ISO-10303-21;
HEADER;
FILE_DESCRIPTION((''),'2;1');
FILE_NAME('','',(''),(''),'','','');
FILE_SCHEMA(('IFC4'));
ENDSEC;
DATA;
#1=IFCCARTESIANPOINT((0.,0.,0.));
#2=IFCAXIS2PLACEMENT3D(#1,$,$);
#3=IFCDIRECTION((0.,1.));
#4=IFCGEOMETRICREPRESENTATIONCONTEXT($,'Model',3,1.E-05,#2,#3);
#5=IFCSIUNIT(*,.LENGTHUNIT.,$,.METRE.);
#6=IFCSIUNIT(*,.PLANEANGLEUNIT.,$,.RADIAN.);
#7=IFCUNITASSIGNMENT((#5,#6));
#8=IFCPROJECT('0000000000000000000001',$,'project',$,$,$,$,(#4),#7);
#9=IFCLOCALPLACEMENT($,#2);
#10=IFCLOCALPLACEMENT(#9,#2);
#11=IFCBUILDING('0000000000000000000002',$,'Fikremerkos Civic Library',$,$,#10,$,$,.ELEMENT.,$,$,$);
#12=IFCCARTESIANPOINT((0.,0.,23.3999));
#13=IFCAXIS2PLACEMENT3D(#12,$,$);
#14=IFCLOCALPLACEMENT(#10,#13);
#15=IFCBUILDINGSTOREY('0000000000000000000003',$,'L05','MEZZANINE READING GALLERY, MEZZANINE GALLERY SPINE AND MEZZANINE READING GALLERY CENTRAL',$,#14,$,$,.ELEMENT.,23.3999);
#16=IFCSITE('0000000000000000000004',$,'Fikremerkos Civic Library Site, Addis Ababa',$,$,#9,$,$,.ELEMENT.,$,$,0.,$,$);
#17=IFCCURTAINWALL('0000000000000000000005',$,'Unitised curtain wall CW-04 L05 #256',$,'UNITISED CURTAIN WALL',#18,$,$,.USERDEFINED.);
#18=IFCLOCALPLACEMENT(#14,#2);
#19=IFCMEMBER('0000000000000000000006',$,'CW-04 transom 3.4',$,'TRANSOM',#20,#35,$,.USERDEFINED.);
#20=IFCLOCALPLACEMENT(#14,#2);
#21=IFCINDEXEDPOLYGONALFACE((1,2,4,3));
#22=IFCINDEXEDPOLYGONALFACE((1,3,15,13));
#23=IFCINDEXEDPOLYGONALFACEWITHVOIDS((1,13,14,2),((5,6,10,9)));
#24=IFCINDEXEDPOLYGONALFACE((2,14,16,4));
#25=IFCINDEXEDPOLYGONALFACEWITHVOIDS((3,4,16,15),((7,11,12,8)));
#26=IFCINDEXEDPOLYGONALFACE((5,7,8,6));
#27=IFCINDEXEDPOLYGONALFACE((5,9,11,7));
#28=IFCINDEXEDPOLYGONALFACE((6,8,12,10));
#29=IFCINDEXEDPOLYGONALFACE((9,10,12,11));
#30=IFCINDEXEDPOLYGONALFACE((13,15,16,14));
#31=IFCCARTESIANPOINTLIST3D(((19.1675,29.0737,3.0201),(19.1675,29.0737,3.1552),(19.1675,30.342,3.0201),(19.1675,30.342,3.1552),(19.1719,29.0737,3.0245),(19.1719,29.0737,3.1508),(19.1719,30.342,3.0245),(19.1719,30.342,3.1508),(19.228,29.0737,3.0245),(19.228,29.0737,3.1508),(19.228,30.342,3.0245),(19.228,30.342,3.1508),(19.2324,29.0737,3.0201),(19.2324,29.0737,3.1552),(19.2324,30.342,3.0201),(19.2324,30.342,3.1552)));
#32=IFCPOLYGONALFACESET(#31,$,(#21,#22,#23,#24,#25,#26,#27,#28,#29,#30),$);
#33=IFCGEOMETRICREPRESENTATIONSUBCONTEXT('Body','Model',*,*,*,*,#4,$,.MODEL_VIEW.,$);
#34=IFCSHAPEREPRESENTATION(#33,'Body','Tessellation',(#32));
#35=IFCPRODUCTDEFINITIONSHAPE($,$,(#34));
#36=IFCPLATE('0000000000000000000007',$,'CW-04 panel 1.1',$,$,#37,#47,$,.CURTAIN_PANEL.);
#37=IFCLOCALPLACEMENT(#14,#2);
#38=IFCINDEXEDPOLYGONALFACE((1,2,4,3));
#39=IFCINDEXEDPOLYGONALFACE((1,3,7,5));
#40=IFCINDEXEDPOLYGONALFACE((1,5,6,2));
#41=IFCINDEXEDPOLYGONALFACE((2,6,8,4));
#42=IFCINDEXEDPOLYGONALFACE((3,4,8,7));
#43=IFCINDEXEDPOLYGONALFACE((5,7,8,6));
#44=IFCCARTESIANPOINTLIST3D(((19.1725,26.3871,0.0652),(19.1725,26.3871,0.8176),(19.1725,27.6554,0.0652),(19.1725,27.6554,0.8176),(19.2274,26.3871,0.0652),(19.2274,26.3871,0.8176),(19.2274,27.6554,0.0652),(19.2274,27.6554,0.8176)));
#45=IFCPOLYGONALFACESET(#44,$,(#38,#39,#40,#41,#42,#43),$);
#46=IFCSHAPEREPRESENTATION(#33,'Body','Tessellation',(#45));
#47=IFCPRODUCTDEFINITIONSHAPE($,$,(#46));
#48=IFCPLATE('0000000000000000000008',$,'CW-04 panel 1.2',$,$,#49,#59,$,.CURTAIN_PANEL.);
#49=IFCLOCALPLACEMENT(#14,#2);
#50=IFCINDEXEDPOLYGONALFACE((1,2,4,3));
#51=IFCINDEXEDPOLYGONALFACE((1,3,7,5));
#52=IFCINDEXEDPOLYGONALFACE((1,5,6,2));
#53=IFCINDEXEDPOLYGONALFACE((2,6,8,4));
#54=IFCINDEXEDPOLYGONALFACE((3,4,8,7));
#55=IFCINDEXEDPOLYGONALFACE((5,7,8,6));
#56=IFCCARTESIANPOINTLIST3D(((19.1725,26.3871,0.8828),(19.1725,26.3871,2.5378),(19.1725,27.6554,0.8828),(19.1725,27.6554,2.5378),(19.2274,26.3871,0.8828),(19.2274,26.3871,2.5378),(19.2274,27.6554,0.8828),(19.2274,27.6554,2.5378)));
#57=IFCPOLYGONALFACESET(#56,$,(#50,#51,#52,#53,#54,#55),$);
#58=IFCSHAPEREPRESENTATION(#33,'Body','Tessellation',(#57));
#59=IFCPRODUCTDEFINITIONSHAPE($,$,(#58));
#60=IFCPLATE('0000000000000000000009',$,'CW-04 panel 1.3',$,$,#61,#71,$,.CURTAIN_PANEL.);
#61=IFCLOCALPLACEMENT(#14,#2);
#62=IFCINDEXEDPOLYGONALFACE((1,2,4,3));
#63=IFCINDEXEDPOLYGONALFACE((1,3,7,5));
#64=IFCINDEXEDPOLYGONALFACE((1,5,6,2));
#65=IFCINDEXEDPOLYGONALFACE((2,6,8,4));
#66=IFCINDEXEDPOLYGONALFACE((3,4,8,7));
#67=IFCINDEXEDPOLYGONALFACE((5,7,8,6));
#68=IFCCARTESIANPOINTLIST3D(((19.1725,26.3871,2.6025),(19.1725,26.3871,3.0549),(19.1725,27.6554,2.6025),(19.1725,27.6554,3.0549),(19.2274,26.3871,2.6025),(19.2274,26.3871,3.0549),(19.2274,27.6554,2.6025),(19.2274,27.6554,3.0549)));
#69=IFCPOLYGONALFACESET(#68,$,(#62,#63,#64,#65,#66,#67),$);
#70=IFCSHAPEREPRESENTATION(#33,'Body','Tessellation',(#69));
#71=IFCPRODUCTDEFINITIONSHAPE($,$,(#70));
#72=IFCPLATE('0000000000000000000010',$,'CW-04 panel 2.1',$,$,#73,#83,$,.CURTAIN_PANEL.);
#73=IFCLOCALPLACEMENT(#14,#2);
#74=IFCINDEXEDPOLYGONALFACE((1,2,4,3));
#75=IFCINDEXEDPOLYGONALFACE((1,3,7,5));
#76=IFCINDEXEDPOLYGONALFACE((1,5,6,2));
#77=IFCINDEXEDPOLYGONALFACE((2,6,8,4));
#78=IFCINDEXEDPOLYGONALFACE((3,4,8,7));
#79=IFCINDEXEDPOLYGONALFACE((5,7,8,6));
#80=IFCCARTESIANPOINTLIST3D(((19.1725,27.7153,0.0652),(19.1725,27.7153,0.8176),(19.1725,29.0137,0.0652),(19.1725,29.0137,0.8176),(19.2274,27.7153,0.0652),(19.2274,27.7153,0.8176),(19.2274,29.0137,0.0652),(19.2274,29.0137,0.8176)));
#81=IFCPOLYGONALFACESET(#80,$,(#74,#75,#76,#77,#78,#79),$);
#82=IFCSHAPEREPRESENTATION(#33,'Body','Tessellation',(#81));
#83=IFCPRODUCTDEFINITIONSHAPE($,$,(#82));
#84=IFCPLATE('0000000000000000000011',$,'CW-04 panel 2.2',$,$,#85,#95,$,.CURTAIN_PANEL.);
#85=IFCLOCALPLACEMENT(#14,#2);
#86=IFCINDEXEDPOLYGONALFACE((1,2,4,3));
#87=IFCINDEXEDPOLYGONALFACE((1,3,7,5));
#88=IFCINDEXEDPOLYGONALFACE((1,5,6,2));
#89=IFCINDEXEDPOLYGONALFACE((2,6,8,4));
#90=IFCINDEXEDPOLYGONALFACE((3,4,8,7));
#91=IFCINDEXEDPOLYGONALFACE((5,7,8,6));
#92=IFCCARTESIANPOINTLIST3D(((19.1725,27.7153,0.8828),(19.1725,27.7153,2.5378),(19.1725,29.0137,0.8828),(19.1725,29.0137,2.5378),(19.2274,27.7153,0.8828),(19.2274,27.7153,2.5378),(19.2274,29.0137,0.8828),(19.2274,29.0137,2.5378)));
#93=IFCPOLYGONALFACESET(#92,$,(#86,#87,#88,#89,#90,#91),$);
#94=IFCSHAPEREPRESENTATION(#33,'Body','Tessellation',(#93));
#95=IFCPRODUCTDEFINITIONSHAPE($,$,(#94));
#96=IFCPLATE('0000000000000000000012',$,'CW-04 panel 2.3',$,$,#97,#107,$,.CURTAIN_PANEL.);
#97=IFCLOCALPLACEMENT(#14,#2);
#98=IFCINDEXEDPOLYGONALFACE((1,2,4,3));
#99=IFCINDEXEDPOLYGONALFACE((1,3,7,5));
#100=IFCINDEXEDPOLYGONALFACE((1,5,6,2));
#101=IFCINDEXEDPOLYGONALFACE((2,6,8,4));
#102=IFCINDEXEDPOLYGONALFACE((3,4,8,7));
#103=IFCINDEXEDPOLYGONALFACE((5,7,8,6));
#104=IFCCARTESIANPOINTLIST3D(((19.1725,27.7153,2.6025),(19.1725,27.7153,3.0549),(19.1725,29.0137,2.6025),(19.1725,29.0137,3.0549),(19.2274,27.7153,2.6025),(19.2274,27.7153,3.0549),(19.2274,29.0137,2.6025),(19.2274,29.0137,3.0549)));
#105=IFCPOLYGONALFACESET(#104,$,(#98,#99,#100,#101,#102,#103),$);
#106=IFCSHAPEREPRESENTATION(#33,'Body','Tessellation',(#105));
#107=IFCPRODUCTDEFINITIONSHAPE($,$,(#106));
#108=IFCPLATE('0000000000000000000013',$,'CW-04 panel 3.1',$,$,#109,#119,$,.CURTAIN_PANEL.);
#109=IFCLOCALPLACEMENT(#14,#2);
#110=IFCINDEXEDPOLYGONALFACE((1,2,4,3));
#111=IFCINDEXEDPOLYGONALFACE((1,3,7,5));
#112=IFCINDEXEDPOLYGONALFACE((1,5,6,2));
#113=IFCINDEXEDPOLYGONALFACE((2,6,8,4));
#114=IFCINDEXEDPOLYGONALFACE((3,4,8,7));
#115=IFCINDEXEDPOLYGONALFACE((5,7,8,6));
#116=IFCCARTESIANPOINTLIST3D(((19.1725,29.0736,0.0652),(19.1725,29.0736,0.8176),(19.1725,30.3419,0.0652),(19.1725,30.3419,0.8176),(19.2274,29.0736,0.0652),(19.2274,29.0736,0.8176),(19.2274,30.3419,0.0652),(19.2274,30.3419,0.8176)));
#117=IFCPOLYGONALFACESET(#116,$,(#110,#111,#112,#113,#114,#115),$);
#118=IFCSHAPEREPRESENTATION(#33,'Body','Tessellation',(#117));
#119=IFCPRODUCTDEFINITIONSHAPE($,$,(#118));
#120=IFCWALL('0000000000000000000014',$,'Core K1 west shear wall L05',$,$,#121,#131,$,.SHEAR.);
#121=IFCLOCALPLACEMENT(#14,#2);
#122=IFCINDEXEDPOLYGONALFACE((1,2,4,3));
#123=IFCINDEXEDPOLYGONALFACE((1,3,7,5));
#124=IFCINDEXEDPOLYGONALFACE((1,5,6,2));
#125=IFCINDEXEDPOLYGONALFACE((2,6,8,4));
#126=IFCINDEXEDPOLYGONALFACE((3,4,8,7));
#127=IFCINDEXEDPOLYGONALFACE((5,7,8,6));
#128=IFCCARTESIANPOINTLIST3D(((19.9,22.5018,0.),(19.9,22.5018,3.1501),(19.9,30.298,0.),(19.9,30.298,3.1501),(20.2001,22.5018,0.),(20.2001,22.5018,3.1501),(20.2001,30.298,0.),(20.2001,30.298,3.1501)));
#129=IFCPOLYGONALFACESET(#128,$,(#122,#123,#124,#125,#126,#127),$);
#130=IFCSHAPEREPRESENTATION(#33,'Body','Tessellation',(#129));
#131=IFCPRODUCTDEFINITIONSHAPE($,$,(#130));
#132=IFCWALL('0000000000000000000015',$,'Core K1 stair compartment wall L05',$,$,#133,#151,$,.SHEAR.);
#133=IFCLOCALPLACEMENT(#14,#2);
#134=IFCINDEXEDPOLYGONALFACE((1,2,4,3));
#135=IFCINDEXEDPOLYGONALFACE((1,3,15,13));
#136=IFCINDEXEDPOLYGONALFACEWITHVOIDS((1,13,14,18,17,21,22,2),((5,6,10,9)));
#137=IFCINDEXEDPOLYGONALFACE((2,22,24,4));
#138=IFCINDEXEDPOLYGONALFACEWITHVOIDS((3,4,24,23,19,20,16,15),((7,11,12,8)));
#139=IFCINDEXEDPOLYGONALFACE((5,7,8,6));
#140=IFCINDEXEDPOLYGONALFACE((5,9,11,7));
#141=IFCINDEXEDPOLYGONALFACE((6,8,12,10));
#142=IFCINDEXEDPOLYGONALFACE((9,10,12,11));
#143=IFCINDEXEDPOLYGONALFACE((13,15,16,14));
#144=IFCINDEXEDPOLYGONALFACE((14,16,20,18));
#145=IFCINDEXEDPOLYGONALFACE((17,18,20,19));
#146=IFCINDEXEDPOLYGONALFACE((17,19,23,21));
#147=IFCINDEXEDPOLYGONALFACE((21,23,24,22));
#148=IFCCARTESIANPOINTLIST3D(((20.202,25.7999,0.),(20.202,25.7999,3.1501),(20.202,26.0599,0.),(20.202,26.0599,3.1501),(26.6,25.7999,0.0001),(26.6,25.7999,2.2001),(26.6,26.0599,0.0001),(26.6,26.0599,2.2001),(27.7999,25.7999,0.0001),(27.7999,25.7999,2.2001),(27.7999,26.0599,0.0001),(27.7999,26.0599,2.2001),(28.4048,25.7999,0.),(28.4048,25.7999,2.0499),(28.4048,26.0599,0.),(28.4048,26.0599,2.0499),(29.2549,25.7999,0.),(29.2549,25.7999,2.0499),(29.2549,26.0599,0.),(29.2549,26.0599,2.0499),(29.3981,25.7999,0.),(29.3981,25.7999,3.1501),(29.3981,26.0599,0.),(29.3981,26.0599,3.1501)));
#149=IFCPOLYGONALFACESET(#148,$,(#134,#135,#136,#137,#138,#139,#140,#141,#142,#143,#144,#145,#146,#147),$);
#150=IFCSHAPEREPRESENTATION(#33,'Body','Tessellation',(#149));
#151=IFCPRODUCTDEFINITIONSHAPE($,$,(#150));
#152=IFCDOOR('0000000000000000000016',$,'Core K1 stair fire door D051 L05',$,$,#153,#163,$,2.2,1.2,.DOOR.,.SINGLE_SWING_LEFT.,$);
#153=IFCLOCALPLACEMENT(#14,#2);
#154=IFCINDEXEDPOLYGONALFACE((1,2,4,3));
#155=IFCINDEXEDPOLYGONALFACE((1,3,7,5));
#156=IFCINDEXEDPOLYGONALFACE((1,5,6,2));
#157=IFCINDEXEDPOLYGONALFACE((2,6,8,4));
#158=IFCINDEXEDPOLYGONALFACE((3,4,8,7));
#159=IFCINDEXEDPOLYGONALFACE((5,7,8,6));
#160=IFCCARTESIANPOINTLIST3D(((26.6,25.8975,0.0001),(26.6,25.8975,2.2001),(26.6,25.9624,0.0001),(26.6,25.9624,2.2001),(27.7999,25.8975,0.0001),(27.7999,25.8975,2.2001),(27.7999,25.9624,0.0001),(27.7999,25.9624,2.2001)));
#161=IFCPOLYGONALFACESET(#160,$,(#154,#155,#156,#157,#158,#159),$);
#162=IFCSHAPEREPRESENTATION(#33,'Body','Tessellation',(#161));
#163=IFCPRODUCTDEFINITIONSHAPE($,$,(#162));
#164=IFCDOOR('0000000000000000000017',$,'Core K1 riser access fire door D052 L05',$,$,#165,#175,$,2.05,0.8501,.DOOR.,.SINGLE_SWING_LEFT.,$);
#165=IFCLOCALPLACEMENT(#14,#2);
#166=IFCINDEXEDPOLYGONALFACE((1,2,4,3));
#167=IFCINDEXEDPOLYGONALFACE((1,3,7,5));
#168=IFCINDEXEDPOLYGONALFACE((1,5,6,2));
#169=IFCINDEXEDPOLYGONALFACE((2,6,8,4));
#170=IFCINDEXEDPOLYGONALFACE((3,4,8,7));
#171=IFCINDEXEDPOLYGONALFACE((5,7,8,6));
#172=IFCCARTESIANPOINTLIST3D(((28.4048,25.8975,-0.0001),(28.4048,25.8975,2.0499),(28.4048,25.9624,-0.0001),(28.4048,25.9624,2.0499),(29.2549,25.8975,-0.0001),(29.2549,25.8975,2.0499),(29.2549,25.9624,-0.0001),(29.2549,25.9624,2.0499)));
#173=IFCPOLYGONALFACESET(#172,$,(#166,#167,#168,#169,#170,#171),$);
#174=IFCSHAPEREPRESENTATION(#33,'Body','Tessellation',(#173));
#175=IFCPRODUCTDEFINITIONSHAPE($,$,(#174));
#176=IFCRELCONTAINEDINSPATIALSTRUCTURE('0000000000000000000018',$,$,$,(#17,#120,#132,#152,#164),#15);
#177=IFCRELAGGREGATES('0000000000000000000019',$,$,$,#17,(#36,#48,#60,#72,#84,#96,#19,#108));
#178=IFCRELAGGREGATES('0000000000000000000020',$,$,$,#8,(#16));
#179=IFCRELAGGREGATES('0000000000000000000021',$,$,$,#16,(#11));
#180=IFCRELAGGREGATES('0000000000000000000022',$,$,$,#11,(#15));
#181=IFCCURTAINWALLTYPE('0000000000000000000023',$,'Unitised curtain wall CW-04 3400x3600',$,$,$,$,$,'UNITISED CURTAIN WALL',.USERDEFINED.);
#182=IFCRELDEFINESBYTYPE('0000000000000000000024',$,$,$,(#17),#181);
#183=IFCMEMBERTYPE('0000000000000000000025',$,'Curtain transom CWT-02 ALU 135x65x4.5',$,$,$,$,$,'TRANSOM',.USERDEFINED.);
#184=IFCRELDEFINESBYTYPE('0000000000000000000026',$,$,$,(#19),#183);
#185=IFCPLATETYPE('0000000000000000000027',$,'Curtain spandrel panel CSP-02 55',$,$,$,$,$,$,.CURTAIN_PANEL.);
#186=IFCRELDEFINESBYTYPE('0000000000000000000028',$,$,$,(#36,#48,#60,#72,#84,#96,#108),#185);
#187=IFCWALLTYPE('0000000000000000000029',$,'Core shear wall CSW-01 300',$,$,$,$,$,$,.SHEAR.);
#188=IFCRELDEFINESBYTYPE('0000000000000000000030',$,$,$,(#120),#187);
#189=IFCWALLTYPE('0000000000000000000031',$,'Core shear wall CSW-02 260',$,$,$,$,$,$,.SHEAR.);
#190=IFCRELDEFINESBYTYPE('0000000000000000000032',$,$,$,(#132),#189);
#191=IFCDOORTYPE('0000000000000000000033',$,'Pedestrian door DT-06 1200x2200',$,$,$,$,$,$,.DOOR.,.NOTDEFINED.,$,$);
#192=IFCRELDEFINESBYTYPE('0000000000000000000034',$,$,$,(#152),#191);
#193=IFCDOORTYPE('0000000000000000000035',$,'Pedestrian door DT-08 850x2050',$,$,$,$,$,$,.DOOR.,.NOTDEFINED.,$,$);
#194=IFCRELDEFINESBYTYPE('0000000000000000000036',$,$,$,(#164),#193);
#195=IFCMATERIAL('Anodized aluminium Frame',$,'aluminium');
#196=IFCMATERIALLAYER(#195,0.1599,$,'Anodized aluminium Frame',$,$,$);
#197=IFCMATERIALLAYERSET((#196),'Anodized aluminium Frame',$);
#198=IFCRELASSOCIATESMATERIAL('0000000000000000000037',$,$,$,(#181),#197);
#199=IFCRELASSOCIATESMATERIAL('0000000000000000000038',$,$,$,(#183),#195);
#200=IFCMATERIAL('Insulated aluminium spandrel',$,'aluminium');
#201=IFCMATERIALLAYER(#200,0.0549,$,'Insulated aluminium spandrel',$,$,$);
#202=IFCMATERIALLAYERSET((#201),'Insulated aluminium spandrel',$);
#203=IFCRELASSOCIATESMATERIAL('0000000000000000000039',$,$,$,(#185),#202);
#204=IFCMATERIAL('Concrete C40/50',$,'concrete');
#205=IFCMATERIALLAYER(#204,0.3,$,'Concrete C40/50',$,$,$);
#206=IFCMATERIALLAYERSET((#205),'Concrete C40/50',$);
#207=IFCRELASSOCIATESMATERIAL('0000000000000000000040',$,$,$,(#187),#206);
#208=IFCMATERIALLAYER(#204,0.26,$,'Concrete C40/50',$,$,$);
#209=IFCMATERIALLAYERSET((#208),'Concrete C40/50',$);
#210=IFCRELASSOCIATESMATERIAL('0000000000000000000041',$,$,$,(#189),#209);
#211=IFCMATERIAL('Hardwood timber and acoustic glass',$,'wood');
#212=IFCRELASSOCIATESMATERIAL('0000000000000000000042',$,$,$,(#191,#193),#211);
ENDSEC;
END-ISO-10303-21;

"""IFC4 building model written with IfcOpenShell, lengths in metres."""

from ifc_helpers import new_model, si_unit, direction, frame, frame_2d, origin, origin_2d, place, context, subcontext, project, spatial, rectangle, hollow_rectangle, extrude, material, layer, layer_set, material_profile, profile_set, type_object, element, fill, aggregate, save


model = new_model("IFC4")

# Units and contexts
model_context = context("Model", 3, precision=1e-05, world=origin(), true_north=direction((0.0, 1.0)))
body_context = subcontext(model_context, "Body", "Model", "MODEL_VIEW")
ifc_project = project(units=[si_unit("LENGTHUNIT", "METRE"), si_unit("PLANEANGLEUNIT", "RADIAN")], contexts=[model_context])

# Site, building, storey
site_placement = place(None, origin())
site = spatial("IfcSite", under=ifc_project, at=site_placement, Name="Fikremerkos Civic Library Site, Addis Ababa", CompositionType="ELEMENT", RefElevation=0.0)
building_placement = place(site_placement, origin())
building = spatial("IfcBuilding", under=site, at=building_placement, Name="Fikremerkos Civic Library", CompositionType="ELEMENT")
storey_placement = place(building_placement, frame((0.0, 0.0, 23.3999)))
storey = spatial("IfcBuildingStorey", under=building, at=storey_placement, Name="L05", Description="MEZZANINE READING GALLERY, MEZZANINE GALLERY SPINE AND MEZZANINE READING GALLERY CENTRAL", CompositionType="ELEMENT", Elevation=23.3999)

# Curtain wall, member, plates
ifc_material_1 = material(Name="Anodized aluminium Frame", Category="aluminium")
ifc_layer_1 = layer(ifc_material_1, 0.1599, Name="Anodized aluminium Frame")
ifc_layer_set_1 = layer_set([ifc_layer_1], Name="Anodized aluminium Frame")
curtain_wall_type = type_object("IfcCurtainWallType", Name="Unitised curtain wall CW-04 3400x3600", ElementType="UNITISED CURTAIN WALL", PredefinedType="USERDEFINED", material=ifc_layer_set_1)
curtain_wall_placement = place(storey_placement, origin())
curtain_wall = element("IfcCurtainWall", 1, at=curtain_wall_placement, inside=storey, type_object=curtain_wall_type, Name="Unitised curtain wall CW-04 L05 #256", ObjectType="UNITISED CURTAIN WALL", PredefinedType="USERDEFINED")
ifc_material_profile_1 = material_profile(ifc_material_1, hollow_rectangle(XDim=0.0649, YDim=0.135, WallThickness=0.0044, at=origin_2d()), Name="ALU 135x65x4.5")
ifc_profile_set_1 = profile_set([ifc_material_profile_1], Name="Anodized aluminium Frame")
member_type_1 = type_object("IfcMemberType", Name="Curtain transom CWT-02 ALU 135x65x4.5", ElementType="TRANSOM", PredefinedType="USERDEFINED", material=ifc_profile_set_1)
member_1_placement = place(storey_placement, frame((19.2, 29.0737, 3.0876), z_axis=(0.0, 1.0, 0.0), x_axis=(-1.0, 0.0, 0.0)))
member_1 = element("IfcMember", 2, at=member_1_placement, type_object=member_type_1, Name="CW-04 transom 3.4", ObjectType="TRANSOM", PredefinedType="USERDEFINED", context=body_context, shape_type="SweptSolid", body=[
    extrude(hollow_rectangle(XDim=0.0649, YDim=0.135, WallThickness=0.0044, at=origin_2d()), origin(), (0.0, 0.0, 1.0), 1.2683),
])
ifc_material_2 = material(Name="Insulated aluminium spandrel", Category="aluminium")
ifc_layer_2 = layer(ifc_material_2, 0.0549, Name="Insulated aluminium spandrel")
ifc_layer_set_2 = layer_set([ifc_layer_2], Name="Insulated aluminium spandrel")
plate_type = type_object("IfcPlateType", Name="Curtain spandrel panel CSP-02 55", PredefinedType="CURTAIN_PANEL", material=ifc_layer_set_2)
plate_1_placement = place(storey_placement, frame((19.2, 27.0212, 0.0652), z_axis=(0.0, 0.0, 1.0), x_axis=(0.0, 1.0, 0.0)))
plate_1 = element("IfcPlate", 3, at=plate_1_placement, type_object=plate_type, Name="CW-04 panel 1.1", PredefinedType="CURTAIN_PANEL", context=body_context, shape_type="SweptSolid", body=[
    extrude(rectangle(XDim=1.2683, YDim=0.0549, at=origin_2d()), origin(), (0.0, 0.0, 1.0), 0.7524),
])
plate_2_placement = place(storey_placement, frame((19.2, 27.0212, 0.8828), z_axis=(0.0, 0.0, 1.0), x_axis=(0.0, 1.0, 0.0)))
plate_2 = element("IfcPlate", 4, at=plate_2_placement, type_object=plate_type, Name="CW-04 panel 1.2", PredefinedType="CURTAIN_PANEL", context=body_context, shape_type="SweptSolid", body=[
    extrude(rectangle(XDim=1.2683, YDim=0.0549, at=origin_2d()), origin(), (0.0, 0.0, 1.0), 1.655),
])
plate_3_placement = place(storey_placement, frame((19.2, 27.0212, 2.6025), z_axis=(0.0, 0.0, 1.0), x_axis=(0.0, 1.0, 0.0)))
plate_3 = element("IfcPlate", 5, at=plate_3_placement, type_object=plate_type, Name="CW-04 panel 1.3", PredefinedType="CURTAIN_PANEL", context=body_context, shape_type="SweptSolid", body=[
    extrude(rectangle(XDim=1.2683, YDim=0.0549, at=origin_2d()), origin(), (0.0, 0.0, 1.0), 0.4524),
])
plate_4_placement = place(storey_placement, frame((19.2, 28.3645, 0.0652), z_axis=(0.0, 0.0, 1.0), x_axis=(0.0, 1.0, 0.0)))
plate_4 = element("IfcPlate", 6, at=plate_4_placement, type_object=plate_type, Name="CW-04 panel 2.1", PredefinedType="CURTAIN_PANEL", context=body_context, shape_type="SweptSolid", body=[
    extrude(rectangle(XDim=1.2983, YDim=0.0549, at=origin_2d()), origin(), (0.0, 0.0, 1.0), 0.7524),
])
plate_5_placement = place(storey_placement, frame((19.2, 28.3645, 0.8828), z_axis=(0.0, 0.0, 1.0), x_axis=(0.0, 1.0, 0.0)))
plate_5 = element("IfcPlate", 7, at=plate_5_placement, type_object=plate_type, Name="CW-04 panel 2.2", PredefinedType="CURTAIN_PANEL", context=body_context, shape_type="SweptSolid", body=[
    extrude(rectangle(XDim=1.2983, YDim=0.0549, at=origin_2d()), origin(), (0.0, 0.0, 1.0), 1.655),
])
plate_6_placement = place(storey_placement, frame((19.2, 28.3645, 2.6025), z_axis=(0.0, 0.0, 1.0), x_axis=(0.0, 1.0, 0.0)))
plate_6 = element("IfcPlate", 8, at=plate_6_placement, type_object=plate_type, Name="CW-04 panel 2.3", PredefinedType="CURTAIN_PANEL", context=body_context, shape_type="SweptSolid", body=[
    extrude(rectangle(XDim=1.2983, YDim=0.0549, at=origin_2d()), origin(), (0.0, 0.0, 1.0), 0.4524),
])
plate_7_placement = place(storey_placement, frame((19.2, 29.7078, 0.0652), z_axis=(0.0, 0.0, 1.0), x_axis=(0.0, 1.0, 0.0)))
plate_7 = element("IfcPlate", 9, at=plate_7_placement, type_object=plate_type, Name="CW-04 panel 3.1", PredefinedType="CURTAIN_PANEL", context=body_context, shape_type="SweptSolid", body=[
    extrude(rectangle(XDim=1.2683, YDim=0.0549, at=origin_2d()), origin(), (0.0, 0.0, 1.0), 0.7524),
])
aggregate(curtain_wall, [plate_1, plate_2, plate_3, plate_4, plate_5, plate_6, member_1, plate_7])

# Wall
ifc_material_3 = material(Name="Concrete C40/50", Category="concrete")
ifc_layer_3 = layer(ifc_material_3, 0.3, Name="Concrete C40/50")
ifc_layer_set_3 = layer_set([ifc_layer_3], Name="Concrete C40/50")
wall_type_1 = type_object("IfcWallType", Name="Core shear wall CSW-01 300", PredefinedType="SHEAR", material=ifc_layer_set_3)
wall_1_placement = place(storey_placement, frame((20.05, 22.502, 0.0), z_axis=(0.0, 0.0, 1.0), x_axis=(0.0, 1.0, 0.0)))
element("IfcWall", 10, at=wall_1_placement, inside=storey, type_object=wall_type_1, Name="Core K1 west shear wall L05", PredefinedType="SHEAR", context=body_context, shape_type="SweptSolid", body=[
    extrude(rectangle(XDim=7.7961, YDim=0.3, at=frame_2d((3.8979, 0.0))), origin(), (0.0, 0.0, 1.0), 3.1501),
])

# Wall, openings, doors
ifc_layer_4 = layer(ifc_material_3, 0.26, Name="Concrete C40/50")
ifc_layer_set_4 = layer_set([ifc_layer_4], Name="Concrete C40/50")
wall_type_2 = type_object("IfcWallType", Name="Core shear wall CSW-02 260", PredefinedType="SHEAR", material=ifc_layer_set_4)
wall_2_placement = place(storey_placement, frame((20.2019, 25.9299, 0.0), z_axis=(0.0, 0.0, 1.0), x_axis=(1.0, 0.0, 0.0)))
wall_2 = element("IfcWall", 11, at=wall_2_placement, inside=storey, type_object=wall_type_2, Name="Core K1 stair compartment wall L05", PredefinedType="SHEAR", context=body_context, shape_type="SweptSolid", body=[
    extrude(rectangle(XDim=9.196, YDim=0.26, at=frame_2d((4.5981, 0.0))), origin(), (0.0, 0.0, 1.0), 3.1501),
])
opening_1_placement = place(wall_2_placement, frame((6.3979, 0.0, 0.0)))
opening_1 = element("IfcOpeningElement", 12, at=opening_1_placement, cuts=wall_2, PredefinedType="OPENING", context=body_context, shape_type="SweptSolid", body=[
    extrude(rectangle(XDim=1.2, YDim=2.2, at=frame_2d((0.6001, 1.1001))), frame((0.0, 0.1399, 0.0), z_axis=(0.0, -1.0, 0.0), x_axis=(1.0, 0.0, 0.0)), (0.0, 0.0, 1.0), 0.28),
])
opening_2_placement = place(wall_2_placement, frame((8.2029, 0.0, 0.0)))
opening_2 = element("IfcOpeningElement", 13, at=opening_2_placement, cuts=wall_2, PredefinedType="OPENING", context=body_context, shape_type="SweptSolid", body=[
    extrude(rectangle(XDim=0.8501, YDim=2.05, at=frame_2d((0.425, 1.0249))), frame((0.0, 0.1399, 0.0), z_axis=(0.0, -1.0, 0.0), x_axis=(1.0, 0.0, 0.0)), (0.0, 0.0, 1.0), 0.28),
])
ifc_material_4 = material(Name="Hardwood timber and acoustic glass", Category="wood")
door_type_1 = type_object("IfcDoorType", Name="Pedestrian door DT-06 1200x2200", OperationType="NOTDEFINED", PredefinedType="DOOR", material=ifc_material_4)
door_1_placement = place(opening_1_placement, origin())
door_1 = element("IfcDoor", 14, at=door_1_placement, inside=storey, type_object=door_type_1, Name="Core K1 stair fire door D051 L05", OperationType="SINGLE_SWING_LEFT", OverallHeight=2.2, OverallWidth=1.2, PredefinedType="DOOR", context=body_context, shape_type="SweptSolid", body=[
    extrude(rectangle(XDim=1.2, YDim=2.2, at=frame_2d((0.6001, 1.1001))), frame((0.0, 0.0325, 0.0), z_axis=(0.0, -1.0, 0.0), x_axis=(1.0, 0.0, 0.0)), (0.0, 0.0, 1.0), 0.0649),
])
fill(opening_1, door_1)
door_type_2 = type_object("IfcDoorType", Name="Pedestrian door DT-08 850x2050", OperationType="NOTDEFINED", PredefinedType="DOOR", material=ifc_material_4)
door_2_placement = place(opening_2_placement, origin())
door_2 = element("IfcDoor", 15, at=door_2_placement, inside=storey, type_object=door_type_2, Name="Core K1 riser access fire door D052 L05", OperationType="SINGLE_SWING_LEFT", OverallHeight=2.05, OverallWidth=0.8501, PredefinedType="DOOR", context=body_context, shape_type="SweptSolid", body=[
    extrude(rectangle(XDim=0.8501, YDim=2.05, at=frame_2d((0.425, 1.0249))), frame((0.0, 0.0325, 0.0), z_axis=(0.0, -1.0, 0.0), x_axis=(1.0, 0.0, 0.0)), (0.0, 0.0, 1.0), 0.0649),
])
fill(opening_2, door_2)

save(model, "model.ifc")
